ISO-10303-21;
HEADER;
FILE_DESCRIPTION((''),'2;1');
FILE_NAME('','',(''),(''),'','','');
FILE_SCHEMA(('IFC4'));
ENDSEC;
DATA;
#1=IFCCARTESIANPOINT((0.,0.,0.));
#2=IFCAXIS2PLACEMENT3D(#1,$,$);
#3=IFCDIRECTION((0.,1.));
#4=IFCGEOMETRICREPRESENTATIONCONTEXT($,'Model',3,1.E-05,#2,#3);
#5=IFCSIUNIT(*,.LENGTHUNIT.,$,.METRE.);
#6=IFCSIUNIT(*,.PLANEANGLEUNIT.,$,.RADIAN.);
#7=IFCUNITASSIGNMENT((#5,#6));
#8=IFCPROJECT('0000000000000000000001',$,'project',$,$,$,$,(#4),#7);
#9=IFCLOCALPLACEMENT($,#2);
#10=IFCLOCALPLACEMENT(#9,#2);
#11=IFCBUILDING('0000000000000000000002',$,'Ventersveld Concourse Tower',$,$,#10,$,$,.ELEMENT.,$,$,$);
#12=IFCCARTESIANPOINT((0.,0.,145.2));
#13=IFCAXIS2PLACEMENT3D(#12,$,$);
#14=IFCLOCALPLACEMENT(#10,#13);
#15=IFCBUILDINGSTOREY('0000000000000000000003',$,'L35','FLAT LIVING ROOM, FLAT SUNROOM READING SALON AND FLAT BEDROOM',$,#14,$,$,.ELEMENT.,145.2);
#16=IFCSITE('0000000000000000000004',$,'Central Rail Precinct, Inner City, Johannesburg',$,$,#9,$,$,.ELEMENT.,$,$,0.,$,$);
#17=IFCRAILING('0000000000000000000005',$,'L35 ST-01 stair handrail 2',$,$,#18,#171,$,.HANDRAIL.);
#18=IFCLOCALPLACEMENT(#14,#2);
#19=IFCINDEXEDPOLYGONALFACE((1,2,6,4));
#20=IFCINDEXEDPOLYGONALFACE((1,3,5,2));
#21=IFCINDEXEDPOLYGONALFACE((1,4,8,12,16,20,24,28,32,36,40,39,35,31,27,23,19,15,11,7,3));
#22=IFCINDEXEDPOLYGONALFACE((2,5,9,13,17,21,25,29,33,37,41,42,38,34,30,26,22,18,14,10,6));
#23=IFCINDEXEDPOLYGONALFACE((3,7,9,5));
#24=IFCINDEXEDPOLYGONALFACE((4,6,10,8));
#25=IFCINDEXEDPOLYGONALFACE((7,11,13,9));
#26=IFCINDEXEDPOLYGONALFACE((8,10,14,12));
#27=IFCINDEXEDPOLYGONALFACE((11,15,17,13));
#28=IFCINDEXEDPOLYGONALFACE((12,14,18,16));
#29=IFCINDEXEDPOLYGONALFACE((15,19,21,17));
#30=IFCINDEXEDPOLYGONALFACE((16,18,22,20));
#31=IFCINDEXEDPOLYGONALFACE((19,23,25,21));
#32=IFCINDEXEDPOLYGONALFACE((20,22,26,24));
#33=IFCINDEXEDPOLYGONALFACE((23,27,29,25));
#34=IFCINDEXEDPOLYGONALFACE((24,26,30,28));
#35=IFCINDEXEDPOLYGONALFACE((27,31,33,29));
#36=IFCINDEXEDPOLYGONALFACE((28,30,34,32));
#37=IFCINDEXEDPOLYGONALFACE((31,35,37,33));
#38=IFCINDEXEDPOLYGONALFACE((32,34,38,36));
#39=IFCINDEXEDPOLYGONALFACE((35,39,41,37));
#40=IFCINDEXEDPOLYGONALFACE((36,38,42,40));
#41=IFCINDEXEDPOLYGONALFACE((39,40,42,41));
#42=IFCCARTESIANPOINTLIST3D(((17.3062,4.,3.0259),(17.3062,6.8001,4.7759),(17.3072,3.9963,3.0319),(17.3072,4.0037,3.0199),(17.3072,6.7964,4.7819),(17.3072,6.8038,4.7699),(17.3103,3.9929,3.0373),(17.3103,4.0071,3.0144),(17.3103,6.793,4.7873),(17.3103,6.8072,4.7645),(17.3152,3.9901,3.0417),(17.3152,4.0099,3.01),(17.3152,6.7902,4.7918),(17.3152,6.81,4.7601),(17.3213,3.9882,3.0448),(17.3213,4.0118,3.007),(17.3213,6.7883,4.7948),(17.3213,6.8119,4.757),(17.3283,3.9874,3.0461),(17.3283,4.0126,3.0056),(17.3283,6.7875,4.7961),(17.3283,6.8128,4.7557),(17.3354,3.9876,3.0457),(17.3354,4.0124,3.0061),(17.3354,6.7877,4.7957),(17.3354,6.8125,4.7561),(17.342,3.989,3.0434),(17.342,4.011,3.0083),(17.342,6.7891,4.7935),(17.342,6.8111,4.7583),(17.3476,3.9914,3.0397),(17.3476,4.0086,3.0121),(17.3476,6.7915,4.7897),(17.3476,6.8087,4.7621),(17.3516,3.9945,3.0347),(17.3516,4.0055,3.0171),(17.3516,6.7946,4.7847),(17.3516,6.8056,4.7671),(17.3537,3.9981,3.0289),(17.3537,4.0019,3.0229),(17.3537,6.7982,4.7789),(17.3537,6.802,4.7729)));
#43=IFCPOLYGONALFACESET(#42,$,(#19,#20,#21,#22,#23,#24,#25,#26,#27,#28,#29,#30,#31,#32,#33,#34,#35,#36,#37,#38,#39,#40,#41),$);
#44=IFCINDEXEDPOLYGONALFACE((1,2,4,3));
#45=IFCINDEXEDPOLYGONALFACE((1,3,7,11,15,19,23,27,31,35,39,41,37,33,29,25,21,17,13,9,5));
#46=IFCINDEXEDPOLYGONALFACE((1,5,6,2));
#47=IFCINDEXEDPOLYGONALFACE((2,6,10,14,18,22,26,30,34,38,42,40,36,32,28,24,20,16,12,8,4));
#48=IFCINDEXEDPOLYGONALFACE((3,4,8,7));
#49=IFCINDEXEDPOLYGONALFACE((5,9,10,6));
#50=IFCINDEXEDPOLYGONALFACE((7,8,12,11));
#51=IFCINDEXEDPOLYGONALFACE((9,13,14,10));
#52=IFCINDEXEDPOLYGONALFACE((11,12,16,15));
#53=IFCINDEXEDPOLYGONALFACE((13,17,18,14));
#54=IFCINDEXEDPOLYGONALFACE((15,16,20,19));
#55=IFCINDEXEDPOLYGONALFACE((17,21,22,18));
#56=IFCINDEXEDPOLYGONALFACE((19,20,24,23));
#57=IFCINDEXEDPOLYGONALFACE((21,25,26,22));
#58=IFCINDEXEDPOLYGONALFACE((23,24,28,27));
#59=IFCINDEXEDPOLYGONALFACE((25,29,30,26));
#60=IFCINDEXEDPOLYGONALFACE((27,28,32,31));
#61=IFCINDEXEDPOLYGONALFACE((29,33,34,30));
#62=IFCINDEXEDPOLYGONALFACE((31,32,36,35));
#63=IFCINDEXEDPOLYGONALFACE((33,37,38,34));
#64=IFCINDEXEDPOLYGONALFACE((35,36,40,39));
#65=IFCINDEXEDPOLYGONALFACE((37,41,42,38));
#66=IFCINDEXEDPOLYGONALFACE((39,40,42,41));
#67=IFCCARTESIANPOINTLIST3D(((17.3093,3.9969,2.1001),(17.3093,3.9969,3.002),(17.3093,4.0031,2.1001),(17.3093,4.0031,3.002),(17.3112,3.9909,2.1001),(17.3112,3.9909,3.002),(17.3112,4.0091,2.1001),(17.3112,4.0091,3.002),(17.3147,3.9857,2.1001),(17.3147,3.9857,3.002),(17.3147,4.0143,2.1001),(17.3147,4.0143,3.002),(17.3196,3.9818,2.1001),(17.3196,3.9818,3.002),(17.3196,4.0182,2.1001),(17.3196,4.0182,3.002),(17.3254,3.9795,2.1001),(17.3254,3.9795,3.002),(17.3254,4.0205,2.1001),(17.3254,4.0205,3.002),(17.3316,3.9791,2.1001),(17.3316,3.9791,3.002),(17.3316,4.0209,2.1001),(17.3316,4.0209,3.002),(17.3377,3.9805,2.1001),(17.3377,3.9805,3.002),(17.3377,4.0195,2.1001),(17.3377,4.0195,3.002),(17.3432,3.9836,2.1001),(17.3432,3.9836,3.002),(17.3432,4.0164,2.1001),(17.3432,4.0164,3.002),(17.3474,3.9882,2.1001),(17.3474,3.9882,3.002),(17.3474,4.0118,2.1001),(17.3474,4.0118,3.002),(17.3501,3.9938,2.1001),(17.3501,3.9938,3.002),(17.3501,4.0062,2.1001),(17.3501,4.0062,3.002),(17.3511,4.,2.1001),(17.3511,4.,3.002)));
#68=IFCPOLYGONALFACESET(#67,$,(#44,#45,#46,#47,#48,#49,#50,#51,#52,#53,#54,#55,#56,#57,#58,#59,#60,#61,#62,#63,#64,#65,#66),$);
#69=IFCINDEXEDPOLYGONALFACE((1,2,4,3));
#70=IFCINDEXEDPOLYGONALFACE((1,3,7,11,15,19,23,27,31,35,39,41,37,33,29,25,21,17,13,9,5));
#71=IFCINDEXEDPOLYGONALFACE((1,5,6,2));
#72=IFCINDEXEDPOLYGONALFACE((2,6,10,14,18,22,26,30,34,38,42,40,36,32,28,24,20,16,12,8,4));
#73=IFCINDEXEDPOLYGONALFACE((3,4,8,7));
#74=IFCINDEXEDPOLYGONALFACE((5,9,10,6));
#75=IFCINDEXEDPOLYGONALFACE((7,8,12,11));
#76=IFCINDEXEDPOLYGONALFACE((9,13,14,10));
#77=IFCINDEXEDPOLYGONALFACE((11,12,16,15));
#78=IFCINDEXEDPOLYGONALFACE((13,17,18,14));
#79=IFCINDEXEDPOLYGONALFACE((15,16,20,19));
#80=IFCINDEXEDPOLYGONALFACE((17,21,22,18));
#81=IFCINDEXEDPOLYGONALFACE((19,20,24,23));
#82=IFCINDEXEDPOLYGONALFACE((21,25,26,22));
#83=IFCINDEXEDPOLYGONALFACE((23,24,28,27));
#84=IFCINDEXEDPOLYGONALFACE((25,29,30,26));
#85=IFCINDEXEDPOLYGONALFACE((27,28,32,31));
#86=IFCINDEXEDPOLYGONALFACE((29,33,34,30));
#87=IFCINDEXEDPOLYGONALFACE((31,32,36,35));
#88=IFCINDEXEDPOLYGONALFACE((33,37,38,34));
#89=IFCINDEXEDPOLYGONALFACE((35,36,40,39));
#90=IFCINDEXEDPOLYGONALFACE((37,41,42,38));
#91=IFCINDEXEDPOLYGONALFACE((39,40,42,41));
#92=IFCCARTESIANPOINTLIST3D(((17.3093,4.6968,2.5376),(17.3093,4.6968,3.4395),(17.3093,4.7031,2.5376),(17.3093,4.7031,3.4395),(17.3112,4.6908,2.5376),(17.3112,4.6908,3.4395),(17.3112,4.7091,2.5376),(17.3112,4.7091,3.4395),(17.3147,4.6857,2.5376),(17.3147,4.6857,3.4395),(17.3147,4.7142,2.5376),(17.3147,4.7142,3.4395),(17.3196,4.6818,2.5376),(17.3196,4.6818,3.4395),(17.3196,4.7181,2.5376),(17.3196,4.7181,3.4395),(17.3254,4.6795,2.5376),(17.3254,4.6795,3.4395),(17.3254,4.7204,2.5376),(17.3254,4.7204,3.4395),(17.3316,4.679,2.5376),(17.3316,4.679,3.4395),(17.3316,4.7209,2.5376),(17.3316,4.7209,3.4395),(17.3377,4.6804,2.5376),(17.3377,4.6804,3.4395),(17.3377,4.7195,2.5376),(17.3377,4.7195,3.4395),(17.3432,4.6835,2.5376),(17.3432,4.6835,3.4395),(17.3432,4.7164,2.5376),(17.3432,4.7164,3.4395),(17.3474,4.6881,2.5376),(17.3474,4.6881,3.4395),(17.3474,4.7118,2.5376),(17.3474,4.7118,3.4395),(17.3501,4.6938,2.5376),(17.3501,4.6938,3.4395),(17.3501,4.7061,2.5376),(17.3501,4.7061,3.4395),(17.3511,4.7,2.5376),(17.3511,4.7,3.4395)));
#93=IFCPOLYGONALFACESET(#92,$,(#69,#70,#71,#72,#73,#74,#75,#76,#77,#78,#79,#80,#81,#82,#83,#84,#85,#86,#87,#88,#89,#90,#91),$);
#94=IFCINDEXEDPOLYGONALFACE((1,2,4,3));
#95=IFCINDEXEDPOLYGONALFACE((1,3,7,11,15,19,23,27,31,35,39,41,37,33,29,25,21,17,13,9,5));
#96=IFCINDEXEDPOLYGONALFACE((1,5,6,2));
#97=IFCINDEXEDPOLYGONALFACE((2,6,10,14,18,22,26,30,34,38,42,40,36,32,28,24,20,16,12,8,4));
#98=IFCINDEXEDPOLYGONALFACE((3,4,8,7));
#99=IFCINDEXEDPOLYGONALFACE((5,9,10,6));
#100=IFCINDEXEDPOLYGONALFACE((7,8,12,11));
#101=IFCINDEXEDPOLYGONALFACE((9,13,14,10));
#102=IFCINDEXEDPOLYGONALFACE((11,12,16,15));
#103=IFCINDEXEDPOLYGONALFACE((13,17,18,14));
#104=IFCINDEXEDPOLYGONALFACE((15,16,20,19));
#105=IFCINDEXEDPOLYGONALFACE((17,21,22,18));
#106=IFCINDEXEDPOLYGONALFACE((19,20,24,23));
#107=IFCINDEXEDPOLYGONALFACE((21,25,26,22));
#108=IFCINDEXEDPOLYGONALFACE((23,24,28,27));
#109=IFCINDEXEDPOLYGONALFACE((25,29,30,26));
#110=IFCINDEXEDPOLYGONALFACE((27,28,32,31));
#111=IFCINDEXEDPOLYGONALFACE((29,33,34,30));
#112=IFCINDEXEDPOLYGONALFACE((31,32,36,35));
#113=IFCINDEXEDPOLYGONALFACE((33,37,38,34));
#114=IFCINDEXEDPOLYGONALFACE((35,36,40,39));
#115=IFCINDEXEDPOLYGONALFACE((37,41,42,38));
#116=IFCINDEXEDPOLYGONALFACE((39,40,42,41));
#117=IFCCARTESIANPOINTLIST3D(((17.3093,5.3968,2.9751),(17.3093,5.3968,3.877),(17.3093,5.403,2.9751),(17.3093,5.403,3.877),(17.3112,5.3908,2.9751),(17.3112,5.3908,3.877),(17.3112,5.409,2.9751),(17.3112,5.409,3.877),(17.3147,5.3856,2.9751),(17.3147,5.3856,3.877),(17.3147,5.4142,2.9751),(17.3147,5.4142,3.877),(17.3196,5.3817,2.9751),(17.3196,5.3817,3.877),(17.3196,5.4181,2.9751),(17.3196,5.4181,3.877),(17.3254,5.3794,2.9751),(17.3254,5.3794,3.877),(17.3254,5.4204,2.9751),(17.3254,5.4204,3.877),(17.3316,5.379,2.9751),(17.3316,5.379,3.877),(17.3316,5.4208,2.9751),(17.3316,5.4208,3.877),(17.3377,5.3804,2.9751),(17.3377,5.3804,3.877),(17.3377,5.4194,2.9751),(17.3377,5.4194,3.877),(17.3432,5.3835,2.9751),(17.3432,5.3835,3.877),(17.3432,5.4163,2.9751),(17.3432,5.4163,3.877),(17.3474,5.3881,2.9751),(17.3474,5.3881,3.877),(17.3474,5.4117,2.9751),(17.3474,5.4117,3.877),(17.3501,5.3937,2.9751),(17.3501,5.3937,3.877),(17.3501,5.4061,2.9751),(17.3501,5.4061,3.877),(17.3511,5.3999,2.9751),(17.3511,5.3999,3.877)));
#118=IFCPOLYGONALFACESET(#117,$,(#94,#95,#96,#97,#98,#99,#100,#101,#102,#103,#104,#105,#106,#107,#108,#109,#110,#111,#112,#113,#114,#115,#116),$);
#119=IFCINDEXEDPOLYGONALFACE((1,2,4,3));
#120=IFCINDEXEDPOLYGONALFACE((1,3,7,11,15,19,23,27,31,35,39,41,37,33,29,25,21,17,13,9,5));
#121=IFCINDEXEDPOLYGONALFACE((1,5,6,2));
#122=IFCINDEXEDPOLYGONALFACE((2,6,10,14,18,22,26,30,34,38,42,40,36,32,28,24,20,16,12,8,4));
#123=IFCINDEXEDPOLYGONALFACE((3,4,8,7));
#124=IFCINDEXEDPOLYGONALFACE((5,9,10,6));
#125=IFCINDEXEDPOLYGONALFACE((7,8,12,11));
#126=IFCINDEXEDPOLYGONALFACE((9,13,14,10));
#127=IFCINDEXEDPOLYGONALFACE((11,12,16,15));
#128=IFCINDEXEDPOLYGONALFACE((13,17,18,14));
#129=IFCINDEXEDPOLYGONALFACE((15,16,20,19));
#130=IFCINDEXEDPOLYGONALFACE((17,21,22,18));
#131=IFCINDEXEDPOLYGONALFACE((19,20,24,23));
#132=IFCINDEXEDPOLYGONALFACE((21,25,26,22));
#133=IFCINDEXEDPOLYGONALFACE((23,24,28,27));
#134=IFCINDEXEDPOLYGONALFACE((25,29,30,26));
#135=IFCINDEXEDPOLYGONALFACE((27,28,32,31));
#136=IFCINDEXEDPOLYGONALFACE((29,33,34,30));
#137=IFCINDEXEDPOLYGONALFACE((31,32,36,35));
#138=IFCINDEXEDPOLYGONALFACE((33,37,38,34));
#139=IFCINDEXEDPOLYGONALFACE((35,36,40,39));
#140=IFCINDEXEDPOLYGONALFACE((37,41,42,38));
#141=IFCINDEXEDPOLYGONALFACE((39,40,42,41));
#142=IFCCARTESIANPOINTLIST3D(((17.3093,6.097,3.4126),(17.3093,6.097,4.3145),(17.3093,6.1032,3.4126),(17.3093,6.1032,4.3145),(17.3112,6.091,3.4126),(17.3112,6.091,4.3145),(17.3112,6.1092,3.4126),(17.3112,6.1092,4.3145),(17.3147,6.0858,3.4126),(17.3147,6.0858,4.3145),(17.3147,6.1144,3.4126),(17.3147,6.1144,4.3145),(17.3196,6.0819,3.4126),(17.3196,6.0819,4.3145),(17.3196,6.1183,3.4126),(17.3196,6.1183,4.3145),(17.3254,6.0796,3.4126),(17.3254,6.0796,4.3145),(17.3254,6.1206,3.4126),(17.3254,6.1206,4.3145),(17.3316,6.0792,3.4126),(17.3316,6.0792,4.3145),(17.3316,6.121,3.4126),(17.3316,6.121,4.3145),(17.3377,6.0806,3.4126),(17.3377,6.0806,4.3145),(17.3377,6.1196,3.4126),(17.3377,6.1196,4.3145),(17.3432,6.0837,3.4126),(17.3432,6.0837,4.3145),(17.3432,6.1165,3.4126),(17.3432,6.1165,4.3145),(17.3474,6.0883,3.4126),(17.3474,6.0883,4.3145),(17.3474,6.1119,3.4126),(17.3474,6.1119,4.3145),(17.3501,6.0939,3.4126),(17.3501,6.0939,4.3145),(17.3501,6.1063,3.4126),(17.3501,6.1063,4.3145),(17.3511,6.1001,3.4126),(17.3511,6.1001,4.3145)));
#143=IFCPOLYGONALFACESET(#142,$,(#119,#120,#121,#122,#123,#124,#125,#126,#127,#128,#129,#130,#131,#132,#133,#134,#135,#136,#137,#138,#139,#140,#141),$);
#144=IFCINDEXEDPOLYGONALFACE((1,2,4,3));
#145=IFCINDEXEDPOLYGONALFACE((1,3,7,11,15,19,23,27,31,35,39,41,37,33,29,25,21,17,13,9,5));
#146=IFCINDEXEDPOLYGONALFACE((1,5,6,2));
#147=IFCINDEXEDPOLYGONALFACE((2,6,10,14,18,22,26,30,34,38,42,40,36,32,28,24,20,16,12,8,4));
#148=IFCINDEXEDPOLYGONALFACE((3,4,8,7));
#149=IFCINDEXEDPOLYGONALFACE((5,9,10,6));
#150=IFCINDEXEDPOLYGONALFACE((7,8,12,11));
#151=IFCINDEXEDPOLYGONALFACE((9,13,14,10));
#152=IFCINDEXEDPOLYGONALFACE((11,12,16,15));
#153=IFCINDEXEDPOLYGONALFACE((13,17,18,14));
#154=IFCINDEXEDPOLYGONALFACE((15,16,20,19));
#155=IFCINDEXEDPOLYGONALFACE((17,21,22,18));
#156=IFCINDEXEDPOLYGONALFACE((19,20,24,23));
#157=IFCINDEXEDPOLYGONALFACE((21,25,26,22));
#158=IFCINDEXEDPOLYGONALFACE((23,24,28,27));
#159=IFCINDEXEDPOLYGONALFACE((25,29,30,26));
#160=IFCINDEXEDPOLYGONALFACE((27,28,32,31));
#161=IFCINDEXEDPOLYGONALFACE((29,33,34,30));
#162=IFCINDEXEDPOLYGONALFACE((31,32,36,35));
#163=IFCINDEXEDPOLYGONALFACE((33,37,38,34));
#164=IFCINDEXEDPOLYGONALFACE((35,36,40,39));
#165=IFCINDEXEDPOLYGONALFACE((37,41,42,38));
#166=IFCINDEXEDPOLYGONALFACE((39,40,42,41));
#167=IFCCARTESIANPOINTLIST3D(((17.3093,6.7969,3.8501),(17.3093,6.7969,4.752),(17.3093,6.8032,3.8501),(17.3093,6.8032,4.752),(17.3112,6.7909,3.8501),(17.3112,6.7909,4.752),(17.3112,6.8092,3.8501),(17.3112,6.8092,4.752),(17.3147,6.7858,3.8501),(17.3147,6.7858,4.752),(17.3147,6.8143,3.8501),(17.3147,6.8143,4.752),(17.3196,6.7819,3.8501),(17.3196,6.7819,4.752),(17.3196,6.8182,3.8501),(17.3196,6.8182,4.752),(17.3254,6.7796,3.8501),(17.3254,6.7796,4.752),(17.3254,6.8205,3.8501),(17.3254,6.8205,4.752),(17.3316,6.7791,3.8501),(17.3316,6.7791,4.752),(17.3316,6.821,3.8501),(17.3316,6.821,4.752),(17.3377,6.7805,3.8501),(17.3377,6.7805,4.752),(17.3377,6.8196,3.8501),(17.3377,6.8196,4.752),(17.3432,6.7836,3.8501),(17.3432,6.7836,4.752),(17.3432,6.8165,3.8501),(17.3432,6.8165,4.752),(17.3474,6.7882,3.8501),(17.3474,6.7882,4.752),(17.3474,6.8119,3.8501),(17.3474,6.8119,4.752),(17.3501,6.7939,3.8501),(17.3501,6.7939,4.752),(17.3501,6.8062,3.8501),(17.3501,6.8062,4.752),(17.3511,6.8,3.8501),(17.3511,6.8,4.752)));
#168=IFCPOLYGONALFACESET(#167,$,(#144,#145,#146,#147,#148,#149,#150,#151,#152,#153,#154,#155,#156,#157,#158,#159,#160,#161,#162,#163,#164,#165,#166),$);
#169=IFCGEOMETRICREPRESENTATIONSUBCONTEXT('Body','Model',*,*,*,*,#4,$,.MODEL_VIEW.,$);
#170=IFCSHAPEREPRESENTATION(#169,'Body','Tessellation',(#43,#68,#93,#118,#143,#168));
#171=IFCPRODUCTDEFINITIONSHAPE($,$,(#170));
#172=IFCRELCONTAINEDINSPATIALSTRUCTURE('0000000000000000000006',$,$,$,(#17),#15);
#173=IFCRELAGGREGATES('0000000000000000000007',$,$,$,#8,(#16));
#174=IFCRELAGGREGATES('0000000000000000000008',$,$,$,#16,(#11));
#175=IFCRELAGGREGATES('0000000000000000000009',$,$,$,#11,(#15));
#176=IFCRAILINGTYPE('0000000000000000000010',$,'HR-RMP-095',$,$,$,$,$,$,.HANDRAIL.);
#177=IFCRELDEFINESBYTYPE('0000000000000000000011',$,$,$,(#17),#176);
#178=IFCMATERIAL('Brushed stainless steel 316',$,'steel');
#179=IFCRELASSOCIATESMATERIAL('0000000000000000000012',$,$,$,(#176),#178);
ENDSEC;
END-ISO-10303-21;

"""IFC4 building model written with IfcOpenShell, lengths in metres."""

from ifc_helpers import new_model, si_unit, direction, frame, origin, origin_2d, place, context, subcontext, project, spatial, circle, extrude, material, type_object, element, save


model = new_model("IFC4")

# Units and contexts
model_context = context("Model", 3, precision=1e-05, world=origin(), true_north=direction((0.0, 1.0)))
body_context = subcontext(model_context, "Body", "Model", "MODEL_VIEW")
ifc_project = project(units=[si_unit("LENGTHUNIT", "METRE"), si_unit("PLANEANGLEUNIT", "RADIAN")], contexts=[model_context])

# Site, building, storey
site_placement = place(None, origin())
site = spatial("IfcSite", under=ifc_project, at=site_placement, Name="Central Rail Precinct, Inner City, Johannesburg", CompositionType="ELEMENT", RefElevation=0.0)
building_placement = place(site_placement, origin())
building = spatial("IfcBuilding", under=site, at=building_placement, Name="Ventersveld Concourse Tower", CompositionType="ELEMENT")
storey_placement = place(building_placement, frame((0.0, 0.0, 145.2)))
storey = spatial("IfcBuildingStorey", under=building, at=storey_placement, Name="L35", Description="FLAT LIVING ROOM, FLAT SUNROOM READING SALON AND FLAT BEDROOM", CompositionType="ELEMENT", Elevation=145.2)

# Railing
ifc_material_1 = material(Name="Brushed stainless steel 316", Category="steel")
railing_type_1 = type_object("IfcRailingType", Name="HR-RMP-095", PredefinedType="HANDRAIL", material=ifc_material_1)
railing_1_placement = place(storey_placement, frame((17.3301, 4.0, 2.1001)))
element("IfcRailing", 1, at=railing_1_placement, inside=storey, type_object=railing_type_1, Name="L35 ST-01 stair handrail 2", PredefinedType="HANDRAIL", context=body_context, shape_type="SweptSolid", body=[
    extrude(circle(Radius=0.0239, at=origin_2d()), frame((0.0, 0.0, 0.9258), z_axis=(0.0, 0.848002, 0.529992), x_axis=(-1.0, 0.0, 0.0)), (0.0, 0.0, 1.0), 3.302),
    extrude(circle(Radius=0.021, at=origin_2d()), origin(), (0.0, 0.0, 1.0), 0.9019),
    extrude(circle(Radius=0.021, at=origin_2d()), frame((0.0, 0.7, 0.4375)), (0.0, 0.0, 1.0), 0.9019),
    extrude(circle(Radius=0.021, at=origin_2d()), frame((0.0, 1.3999, 0.875)), (0.0, 0.0, 1.0), 0.9019),
    extrude(circle(Radius=0.021, at=origin_2d()), frame((0.0, 2.1001, 1.3125)), (0.0, 0.0, 1.0), 0.9019),
    extrude(circle(Radius=0.021, at=origin_2d()), frame((0.0, 2.8, 1.75)), (0.0, 0.0, 1.0), 0.9019),
])

save(model, "model.ifc")
